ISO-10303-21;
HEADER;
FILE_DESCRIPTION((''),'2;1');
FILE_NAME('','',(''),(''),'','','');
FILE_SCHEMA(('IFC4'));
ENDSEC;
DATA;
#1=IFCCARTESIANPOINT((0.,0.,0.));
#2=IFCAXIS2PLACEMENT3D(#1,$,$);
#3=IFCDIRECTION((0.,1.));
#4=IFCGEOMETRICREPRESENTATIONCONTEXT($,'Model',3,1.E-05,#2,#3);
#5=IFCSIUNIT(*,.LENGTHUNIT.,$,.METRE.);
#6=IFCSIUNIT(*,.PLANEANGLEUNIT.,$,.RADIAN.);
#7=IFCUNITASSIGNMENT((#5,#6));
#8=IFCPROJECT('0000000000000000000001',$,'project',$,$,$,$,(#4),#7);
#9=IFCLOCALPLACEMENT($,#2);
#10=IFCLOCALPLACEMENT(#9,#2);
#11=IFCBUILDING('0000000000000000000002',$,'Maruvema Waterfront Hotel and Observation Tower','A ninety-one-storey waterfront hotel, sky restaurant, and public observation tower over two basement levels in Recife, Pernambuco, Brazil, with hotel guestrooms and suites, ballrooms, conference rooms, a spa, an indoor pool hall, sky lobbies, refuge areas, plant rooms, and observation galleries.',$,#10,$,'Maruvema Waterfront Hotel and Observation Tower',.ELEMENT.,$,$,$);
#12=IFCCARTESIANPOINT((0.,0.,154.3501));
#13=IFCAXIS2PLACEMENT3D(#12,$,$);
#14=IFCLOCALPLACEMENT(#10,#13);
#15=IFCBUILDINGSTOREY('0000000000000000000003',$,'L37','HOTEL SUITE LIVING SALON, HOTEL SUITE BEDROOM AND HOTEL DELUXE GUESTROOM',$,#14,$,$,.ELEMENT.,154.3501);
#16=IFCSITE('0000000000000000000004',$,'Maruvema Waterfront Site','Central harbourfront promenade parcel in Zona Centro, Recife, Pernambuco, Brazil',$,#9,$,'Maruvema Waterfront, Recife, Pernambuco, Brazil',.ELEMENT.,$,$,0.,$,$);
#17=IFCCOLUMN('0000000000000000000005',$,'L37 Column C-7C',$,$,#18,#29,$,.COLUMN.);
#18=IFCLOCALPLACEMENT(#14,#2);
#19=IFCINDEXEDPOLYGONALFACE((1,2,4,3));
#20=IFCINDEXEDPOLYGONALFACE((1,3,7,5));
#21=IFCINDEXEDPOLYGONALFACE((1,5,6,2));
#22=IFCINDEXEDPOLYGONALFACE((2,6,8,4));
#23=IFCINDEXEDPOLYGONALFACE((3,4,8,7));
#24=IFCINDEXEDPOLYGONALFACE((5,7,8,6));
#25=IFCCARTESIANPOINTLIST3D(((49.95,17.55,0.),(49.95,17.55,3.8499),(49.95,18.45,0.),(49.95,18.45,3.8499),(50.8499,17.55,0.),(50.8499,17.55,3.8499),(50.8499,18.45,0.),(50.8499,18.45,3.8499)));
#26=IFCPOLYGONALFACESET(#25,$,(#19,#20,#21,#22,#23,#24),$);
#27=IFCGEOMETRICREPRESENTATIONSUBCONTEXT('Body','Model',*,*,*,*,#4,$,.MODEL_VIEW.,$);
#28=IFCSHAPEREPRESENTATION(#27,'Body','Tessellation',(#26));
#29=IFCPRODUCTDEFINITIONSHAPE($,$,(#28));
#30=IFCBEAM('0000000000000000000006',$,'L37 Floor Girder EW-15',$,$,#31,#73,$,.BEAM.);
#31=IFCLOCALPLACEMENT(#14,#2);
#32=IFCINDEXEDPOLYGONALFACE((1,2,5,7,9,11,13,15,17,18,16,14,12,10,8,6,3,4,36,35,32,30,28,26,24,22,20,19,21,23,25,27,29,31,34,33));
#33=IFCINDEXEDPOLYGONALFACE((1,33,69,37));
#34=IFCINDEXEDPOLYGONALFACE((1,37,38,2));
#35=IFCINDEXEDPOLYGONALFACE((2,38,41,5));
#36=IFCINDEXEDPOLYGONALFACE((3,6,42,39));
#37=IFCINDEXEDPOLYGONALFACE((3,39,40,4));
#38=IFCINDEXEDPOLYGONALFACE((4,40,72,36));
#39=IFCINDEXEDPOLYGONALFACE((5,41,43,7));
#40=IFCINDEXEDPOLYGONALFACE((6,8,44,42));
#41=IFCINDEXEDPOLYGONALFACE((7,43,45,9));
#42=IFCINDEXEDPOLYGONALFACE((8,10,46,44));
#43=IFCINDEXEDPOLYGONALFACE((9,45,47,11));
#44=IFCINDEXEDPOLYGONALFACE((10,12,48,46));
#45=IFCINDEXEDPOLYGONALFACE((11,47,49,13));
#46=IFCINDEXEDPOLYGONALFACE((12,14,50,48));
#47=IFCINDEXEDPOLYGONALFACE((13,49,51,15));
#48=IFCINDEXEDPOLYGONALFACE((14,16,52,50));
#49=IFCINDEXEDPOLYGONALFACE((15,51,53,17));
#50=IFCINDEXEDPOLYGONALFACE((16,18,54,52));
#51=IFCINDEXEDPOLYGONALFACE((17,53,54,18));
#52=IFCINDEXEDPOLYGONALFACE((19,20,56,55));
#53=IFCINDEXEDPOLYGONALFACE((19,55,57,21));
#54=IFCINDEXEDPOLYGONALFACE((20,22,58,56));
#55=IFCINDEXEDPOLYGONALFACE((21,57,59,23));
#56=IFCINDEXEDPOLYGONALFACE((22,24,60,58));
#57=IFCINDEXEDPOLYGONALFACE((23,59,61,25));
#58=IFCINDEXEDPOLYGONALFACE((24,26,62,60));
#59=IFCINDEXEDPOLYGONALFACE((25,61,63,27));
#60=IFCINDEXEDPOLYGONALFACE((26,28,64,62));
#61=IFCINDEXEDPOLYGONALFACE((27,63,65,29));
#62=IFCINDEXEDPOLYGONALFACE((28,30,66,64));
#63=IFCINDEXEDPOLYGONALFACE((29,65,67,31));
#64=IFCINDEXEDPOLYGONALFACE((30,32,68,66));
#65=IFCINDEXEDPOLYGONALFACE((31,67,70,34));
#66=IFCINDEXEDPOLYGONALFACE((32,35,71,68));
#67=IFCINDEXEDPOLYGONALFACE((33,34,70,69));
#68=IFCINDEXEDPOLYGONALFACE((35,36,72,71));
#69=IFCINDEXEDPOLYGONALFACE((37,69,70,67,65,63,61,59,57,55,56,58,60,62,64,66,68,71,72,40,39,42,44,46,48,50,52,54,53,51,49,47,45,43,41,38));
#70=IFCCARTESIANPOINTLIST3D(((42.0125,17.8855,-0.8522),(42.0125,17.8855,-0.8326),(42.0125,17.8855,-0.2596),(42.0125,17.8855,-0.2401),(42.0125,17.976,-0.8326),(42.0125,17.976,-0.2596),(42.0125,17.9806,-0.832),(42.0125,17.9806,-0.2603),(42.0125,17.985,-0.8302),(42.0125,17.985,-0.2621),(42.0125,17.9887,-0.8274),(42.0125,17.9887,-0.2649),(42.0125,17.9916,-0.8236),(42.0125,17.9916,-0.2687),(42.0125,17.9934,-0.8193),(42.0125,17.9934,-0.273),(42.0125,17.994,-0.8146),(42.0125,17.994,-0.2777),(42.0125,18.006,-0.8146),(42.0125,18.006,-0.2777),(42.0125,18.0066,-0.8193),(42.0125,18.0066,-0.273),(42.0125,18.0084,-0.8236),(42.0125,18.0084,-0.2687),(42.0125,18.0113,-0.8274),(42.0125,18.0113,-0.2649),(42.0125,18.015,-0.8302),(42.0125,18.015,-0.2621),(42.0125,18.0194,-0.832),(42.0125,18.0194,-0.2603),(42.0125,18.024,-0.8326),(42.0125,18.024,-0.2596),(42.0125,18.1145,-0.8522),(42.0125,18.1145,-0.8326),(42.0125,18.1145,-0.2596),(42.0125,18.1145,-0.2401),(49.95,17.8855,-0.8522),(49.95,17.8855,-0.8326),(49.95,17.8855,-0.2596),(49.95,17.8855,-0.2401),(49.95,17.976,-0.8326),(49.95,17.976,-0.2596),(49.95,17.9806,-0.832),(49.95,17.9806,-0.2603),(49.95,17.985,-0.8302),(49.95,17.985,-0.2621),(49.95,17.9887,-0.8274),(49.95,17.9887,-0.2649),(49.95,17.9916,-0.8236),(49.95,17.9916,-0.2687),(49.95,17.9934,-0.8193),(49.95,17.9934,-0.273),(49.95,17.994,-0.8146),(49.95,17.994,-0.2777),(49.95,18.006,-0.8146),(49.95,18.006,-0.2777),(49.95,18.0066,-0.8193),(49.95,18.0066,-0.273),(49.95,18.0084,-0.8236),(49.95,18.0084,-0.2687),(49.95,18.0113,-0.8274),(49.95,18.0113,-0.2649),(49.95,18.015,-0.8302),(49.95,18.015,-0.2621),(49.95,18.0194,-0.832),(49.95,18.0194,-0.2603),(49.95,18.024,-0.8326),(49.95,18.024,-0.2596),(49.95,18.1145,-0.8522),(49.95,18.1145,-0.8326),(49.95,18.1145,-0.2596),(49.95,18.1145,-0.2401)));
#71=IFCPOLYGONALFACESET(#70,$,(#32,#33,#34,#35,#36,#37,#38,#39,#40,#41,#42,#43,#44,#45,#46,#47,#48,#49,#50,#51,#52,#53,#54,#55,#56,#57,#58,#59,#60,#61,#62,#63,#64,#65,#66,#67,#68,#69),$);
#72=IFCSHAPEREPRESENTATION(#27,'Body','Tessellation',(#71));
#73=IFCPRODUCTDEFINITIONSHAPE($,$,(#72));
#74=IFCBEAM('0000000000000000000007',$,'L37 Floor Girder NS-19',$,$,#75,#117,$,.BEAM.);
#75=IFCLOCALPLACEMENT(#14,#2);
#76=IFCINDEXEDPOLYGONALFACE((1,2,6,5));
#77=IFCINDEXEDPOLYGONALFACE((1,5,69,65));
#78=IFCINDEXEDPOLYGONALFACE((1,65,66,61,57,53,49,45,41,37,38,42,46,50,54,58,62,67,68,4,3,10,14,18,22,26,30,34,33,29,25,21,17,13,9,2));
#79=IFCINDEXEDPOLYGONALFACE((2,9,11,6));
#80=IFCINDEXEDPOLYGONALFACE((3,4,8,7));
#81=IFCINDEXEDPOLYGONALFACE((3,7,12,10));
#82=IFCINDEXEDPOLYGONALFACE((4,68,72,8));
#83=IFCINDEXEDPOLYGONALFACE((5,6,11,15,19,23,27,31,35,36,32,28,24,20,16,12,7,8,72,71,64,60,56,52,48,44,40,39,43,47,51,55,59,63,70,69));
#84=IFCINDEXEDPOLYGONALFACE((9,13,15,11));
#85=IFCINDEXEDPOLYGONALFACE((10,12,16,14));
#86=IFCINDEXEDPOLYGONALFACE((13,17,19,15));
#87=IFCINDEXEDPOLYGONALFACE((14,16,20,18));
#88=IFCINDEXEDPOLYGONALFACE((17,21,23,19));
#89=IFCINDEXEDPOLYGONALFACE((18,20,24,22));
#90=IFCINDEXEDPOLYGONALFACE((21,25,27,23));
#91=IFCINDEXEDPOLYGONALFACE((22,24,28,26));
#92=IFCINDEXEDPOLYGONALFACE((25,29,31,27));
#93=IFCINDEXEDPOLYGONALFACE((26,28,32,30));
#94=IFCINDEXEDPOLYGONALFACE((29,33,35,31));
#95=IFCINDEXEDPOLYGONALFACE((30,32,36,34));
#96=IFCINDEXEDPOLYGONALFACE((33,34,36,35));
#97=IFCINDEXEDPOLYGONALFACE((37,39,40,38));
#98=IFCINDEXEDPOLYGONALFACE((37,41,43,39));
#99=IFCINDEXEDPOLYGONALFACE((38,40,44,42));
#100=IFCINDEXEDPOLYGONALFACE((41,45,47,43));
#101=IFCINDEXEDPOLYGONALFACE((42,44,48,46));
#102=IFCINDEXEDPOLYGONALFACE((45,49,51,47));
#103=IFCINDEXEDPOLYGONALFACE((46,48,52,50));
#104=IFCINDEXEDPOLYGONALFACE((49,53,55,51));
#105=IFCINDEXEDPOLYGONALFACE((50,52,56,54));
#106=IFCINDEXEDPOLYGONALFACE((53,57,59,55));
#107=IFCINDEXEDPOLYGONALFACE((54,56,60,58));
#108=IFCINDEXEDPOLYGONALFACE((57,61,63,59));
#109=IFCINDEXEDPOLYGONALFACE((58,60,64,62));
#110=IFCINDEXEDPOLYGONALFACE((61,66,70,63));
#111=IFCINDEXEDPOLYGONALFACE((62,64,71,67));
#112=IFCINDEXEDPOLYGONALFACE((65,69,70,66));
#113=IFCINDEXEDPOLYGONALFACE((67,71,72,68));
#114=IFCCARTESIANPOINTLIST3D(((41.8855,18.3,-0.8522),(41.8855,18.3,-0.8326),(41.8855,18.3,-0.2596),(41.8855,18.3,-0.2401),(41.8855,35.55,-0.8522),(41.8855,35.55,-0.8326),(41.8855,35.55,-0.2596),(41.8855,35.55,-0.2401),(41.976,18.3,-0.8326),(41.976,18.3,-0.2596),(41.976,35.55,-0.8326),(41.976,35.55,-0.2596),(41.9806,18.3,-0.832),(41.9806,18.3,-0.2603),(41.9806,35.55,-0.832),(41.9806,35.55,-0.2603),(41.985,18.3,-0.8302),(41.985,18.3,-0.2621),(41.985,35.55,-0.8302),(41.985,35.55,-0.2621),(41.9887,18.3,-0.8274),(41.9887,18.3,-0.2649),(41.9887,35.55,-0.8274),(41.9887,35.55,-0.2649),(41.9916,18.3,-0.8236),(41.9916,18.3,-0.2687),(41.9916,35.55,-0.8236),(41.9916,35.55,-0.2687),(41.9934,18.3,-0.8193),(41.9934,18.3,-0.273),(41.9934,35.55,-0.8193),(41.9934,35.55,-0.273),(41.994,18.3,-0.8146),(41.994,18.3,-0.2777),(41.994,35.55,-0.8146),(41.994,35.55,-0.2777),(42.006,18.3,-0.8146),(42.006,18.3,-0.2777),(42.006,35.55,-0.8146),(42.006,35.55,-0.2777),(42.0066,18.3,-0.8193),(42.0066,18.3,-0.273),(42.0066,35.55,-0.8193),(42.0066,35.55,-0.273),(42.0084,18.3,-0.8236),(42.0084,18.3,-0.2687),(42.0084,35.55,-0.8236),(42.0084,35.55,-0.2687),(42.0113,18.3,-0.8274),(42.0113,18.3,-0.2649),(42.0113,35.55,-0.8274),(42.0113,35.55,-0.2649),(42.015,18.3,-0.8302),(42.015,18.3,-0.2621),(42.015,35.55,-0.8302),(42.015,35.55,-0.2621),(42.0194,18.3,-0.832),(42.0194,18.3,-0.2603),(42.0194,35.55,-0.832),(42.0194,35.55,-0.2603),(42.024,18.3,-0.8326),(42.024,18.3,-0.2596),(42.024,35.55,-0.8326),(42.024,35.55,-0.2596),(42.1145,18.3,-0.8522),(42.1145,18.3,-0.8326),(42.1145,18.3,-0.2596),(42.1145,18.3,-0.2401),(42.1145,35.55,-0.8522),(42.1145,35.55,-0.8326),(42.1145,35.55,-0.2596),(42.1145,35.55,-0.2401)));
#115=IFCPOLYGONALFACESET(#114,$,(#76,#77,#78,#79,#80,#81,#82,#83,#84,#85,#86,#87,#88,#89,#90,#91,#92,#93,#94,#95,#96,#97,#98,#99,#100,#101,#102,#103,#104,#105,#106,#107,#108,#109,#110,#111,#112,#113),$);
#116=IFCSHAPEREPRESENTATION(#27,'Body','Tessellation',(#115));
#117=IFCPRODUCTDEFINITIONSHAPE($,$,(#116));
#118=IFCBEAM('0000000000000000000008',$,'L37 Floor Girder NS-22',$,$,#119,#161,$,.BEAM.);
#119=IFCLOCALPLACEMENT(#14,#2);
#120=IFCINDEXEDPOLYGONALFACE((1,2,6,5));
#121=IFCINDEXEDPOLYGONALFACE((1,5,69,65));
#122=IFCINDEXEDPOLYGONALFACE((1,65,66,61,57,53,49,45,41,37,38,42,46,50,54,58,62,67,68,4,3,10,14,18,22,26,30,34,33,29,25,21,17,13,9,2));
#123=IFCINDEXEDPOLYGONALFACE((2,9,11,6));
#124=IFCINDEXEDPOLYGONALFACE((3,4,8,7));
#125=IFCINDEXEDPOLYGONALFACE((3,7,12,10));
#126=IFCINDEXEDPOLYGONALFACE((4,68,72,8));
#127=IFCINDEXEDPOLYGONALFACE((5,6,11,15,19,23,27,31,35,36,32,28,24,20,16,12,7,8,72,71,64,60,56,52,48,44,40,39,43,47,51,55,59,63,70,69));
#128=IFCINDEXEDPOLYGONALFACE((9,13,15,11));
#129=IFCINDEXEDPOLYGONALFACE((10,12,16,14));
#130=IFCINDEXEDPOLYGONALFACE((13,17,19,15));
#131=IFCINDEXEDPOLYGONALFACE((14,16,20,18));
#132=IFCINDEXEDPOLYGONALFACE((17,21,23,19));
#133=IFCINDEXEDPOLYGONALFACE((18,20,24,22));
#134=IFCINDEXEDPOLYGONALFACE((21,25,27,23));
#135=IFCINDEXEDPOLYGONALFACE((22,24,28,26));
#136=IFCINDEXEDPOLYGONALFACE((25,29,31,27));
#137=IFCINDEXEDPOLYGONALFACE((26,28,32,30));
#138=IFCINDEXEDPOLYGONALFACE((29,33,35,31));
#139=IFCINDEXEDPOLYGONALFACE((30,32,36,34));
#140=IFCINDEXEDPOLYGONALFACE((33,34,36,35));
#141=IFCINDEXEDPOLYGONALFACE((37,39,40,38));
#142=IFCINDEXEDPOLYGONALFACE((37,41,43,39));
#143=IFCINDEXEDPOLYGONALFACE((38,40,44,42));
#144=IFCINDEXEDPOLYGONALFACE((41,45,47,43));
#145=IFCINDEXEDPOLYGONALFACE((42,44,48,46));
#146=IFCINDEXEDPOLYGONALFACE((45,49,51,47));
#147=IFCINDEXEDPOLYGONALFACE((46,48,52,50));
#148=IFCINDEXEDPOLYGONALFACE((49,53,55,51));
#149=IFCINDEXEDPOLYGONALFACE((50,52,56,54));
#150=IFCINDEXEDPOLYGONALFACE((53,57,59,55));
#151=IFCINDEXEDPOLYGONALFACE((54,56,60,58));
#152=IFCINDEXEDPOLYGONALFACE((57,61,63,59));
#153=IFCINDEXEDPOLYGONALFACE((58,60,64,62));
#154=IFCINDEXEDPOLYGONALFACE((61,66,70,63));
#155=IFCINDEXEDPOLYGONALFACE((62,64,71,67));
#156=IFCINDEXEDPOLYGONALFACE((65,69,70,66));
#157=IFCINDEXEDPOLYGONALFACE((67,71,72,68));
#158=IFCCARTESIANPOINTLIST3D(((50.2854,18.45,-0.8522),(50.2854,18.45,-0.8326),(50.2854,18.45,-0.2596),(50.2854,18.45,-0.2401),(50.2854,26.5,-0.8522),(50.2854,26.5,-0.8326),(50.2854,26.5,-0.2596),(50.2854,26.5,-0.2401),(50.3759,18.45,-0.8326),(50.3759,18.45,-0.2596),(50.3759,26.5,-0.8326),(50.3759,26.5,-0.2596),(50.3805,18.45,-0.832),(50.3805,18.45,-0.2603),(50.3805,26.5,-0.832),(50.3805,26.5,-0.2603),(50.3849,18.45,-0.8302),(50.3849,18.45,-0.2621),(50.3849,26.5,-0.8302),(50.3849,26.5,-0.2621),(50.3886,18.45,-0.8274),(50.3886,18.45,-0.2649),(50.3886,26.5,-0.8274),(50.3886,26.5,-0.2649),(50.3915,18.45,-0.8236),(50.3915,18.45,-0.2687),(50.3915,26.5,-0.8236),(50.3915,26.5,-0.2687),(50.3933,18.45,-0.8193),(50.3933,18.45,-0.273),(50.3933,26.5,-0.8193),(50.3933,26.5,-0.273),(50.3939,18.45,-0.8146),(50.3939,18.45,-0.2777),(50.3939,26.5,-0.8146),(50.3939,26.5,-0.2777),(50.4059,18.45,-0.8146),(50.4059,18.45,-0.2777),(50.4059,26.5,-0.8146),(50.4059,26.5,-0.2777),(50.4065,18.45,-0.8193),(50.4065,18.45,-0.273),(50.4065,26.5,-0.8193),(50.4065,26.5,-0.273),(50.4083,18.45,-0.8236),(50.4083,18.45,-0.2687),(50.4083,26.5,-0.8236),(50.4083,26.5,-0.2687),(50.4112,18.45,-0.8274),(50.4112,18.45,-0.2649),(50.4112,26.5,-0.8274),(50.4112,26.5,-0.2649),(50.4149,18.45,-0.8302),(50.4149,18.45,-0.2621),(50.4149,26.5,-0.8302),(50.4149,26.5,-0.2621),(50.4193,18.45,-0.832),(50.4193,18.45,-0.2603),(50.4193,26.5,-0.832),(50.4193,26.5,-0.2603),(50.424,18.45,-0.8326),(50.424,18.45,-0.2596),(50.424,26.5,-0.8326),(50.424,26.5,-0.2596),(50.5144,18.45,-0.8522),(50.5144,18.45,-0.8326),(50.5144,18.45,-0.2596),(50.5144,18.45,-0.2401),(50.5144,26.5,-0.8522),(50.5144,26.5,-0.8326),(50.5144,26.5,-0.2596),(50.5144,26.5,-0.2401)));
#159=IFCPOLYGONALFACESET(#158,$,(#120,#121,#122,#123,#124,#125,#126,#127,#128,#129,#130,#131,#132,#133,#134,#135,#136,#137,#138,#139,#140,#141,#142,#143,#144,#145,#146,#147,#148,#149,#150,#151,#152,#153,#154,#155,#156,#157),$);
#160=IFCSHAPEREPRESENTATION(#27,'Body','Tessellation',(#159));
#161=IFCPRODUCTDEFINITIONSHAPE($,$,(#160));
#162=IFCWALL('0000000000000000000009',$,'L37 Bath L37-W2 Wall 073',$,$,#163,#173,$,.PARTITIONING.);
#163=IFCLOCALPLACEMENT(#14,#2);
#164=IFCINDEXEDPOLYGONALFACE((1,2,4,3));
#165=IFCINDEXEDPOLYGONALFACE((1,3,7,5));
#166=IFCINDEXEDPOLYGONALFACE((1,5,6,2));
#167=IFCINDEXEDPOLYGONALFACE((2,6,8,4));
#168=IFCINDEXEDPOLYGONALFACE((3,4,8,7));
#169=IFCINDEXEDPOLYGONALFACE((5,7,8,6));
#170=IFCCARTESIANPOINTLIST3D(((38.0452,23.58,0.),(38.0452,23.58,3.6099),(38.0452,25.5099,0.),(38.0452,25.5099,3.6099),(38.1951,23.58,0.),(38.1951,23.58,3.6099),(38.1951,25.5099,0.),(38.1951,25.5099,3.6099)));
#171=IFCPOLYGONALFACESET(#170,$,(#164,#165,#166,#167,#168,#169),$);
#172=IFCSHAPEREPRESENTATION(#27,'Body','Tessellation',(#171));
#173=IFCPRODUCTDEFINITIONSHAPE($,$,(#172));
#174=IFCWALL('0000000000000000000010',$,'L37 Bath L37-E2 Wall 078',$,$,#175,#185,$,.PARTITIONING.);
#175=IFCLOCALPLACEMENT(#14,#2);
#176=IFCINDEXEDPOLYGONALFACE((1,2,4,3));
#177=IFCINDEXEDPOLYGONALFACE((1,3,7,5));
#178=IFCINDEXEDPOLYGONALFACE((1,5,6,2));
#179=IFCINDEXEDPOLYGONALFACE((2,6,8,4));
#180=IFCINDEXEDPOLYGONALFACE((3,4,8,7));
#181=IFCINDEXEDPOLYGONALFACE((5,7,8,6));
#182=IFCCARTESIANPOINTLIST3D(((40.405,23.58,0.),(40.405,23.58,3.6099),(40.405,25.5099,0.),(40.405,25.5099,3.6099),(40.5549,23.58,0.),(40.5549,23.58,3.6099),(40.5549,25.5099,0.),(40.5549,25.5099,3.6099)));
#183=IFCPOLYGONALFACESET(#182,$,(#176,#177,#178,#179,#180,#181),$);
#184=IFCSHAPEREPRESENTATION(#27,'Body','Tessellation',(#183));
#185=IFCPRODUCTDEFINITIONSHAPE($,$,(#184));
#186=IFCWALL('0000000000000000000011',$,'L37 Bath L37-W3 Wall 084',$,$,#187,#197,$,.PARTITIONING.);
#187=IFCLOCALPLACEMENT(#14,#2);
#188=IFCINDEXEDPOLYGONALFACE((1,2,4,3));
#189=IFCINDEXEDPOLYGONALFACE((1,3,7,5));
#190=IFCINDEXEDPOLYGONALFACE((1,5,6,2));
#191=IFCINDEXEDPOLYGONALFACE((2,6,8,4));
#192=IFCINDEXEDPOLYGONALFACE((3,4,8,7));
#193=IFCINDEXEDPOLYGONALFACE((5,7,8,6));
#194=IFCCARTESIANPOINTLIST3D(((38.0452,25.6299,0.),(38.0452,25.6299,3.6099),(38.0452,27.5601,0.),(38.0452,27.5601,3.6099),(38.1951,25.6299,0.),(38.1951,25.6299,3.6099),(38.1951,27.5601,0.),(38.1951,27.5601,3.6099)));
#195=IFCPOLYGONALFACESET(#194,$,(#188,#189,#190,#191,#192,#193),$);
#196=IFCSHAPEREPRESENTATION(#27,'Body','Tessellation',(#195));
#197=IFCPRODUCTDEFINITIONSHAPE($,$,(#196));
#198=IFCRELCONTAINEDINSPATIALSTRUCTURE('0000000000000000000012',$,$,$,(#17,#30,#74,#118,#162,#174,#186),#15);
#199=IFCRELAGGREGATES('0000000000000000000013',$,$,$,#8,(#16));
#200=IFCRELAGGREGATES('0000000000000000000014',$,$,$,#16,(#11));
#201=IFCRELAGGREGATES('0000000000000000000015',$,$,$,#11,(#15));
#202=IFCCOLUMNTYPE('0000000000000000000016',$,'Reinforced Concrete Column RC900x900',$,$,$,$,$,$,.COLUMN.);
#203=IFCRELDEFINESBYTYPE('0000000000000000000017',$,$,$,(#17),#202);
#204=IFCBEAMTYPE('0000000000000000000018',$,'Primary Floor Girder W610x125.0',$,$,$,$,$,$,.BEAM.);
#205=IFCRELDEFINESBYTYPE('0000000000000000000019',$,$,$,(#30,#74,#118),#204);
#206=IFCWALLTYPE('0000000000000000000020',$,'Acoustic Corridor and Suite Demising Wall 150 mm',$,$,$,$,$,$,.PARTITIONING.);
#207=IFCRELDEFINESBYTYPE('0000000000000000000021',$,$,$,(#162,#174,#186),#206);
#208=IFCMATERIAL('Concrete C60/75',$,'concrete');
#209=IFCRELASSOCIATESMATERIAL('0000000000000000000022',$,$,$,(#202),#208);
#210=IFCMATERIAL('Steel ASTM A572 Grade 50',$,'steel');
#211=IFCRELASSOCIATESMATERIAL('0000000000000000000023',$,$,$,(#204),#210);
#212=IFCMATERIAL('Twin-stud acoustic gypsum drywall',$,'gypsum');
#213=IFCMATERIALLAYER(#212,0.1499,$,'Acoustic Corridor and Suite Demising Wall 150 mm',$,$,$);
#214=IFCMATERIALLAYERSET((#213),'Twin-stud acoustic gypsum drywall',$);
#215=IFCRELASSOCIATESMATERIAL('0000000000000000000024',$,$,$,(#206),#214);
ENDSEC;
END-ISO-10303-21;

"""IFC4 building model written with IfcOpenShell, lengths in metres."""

from ifc_helpers import new_model, si_unit, direction, frame, frame_2d, origin, origin_2d, place, context, subcontext, project, spatial, rectangle, i_section, extrude, material, layer, layer_set, material_profile, profile_set, type_object, element, save


model = new_model("IFC4")

# Units and contexts
model_context = context("Model", 3, precision=1e-05, world=origin(), true_north=direction((0.0, 1.0)))
body_context = subcontext(model_context, "Body", "Model", "MODEL_VIEW")
ifc_project = project(units=[si_unit("LENGTHUNIT", "METRE"), si_unit("PLANEANGLEUNIT", "RADIAN")], contexts=[model_context])

# Site, building, storey
site_placement = place(None, origin())
site = spatial("IfcSite", under=ifc_project, at=site_placement, Name="Maruvema Waterfront Site", Description="Central harbourfront promenade parcel in Zona Centro, Recife, Pernambuco, Brazil", LongName="Maruvema Waterfront, Recife, Pernambuco, Brazil", CompositionType="ELEMENT", RefElevation=0.0)
building_placement = place(site_placement, origin())
building = spatial("IfcBuilding", under=site, at=building_placement, Name="Maruvema Waterfront Hotel and Observation Tower", Description="A ninety-one-storey waterfront hotel, sky restaurant, and public observation tower over two basement levels in Recife, Pernambuco, Brazil, with hotel guestrooms and suites, ballrooms, conference rooms, a spa, an indoor pool hall, sky lobbies, refuge areas, plant rooms, and observation galleries.", LongName="Maruvema Waterfront Hotel and Observation Tower", CompositionType="ELEMENT")
storey_placement = place(building_placement, frame((0.0, 0.0, 154.3501)))
storey = spatial("IfcBuildingStorey", under=building, at=storey_placement, Name="L37", Description="HOTEL SUITE LIVING SALON, HOTEL SUITE BEDROOM AND HOTEL DELUXE GUESTROOM", CompositionType="ELEMENT", Elevation=154.3501)

# Column
ifc_material_1 = material(Name="Concrete C60/75", Category="concrete")
ifc_material_profile_1 = material_profile(ifc_material_1, rectangle(XDim=0.8999, YDim=0.8999, at=origin_2d()), Name="RC900x900")
ifc_profile_set_1 = profile_set([ifc_material_profile_1], Name="Concrete C60/75")
column_type = type_object("IfcColumnType", Name="Reinforced Concrete Column RC900x900", PredefinedType="COLUMN", material=ifc_profile_set_1)
column_placement = place(storey_placement, frame((50.3999, 18.0, 0.0), z_axis=(0.0, 0.0, 1.0), x_axis=(1.0, 0.0, 0.0)))
element("IfcColumn", 1, at=column_placement, inside=storey, type_object=column_type, Name="L37 Column C-7C", PredefinedType="COLUMN", context=body_context, shape_type="SweptSolid", body=[
    extrude(rectangle(XDim=0.8999, YDim=0.8999, at=origin_2d()), origin(), (0.0, 0.0, 1.0), 3.8499),
])

# Beams
ifc_material_2 = material(Name="Steel ASTM A572 Grade 50", Category="steel")
ifc_material_profile_2 = material_profile(ifc_material_2, i_section(OverallWidth=0.229, OverallDepth=0.6121, WebThickness=0.012, FlangeThickness=0.0195, FilletRadius=0.0181, at=origin_2d()), Name="W610x125.0")
ifc_profile_set_2 = profile_set([ifc_material_profile_2], Name="Steel ASTM A572 Grade 50")
beam_type = type_object("IfcBeamType", Name="Primary Floor Girder W610x125.0", PredefinedType="BEAM", material=ifc_profile_set_2)
beam_1_placement = place(storey_placement, frame((42.0125, 18.0, -0.5461), z_axis=(1.0, 0.0, 0.0), x_axis=(0.0, 1.0, 0.0)))
element("IfcBeam", 2, at=beam_1_placement, inside=storey, type_object=beam_type, Name="L37 Floor Girder EW-15", PredefinedType="BEAM", context=body_context, shape_type="SweptSolid", body=[
    extrude(i_section(OverallWidth=0.229, OverallDepth=0.6121, WebThickness=0.012, FlangeThickness=0.0195, FilletRadius=0.0181, at=origin_2d()), origin(), (0.0, 0.0, 1.0), 7.9375),
])
beam_2_placement = place(storey_placement, frame((42.0, 18.3, -0.5461), z_axis=(0.0, 1.0, 0.0), x_axis=(-1.0, 0.0, 0.0)))
element("IfcBeam", 3, at=beam_2_placement, inside=storey, type_object=beam_type, Name="L37 Floor Girder NS-19", PredefinedType="BEAM", context=body_context, shape_type="SweptSolid", body=[
    extrude(i_section(OverallWidth=0.229, OverallDepth=0.6121, WebThickness=0.012, FlangeThickness=0.0195, FilletRadius=0.0181, at=origin_2d()), origin(), (0.0, 0.0, 1.0), 17.25),
])
beam_3_placement = place(storey_placement, frame((50.3999, 18.45, -0.5461), z_axis=(0.0, 1.0, 0.0), x_axis=(-1.0, 0.0, 0.0)))
element("IfcBeam", 4, at=beam_3_placement, inside=storey, type_object=beam_type, Name="L37 Floor Girder NS-22", PredefinedType="BEAM", context=body_context, shape_type="SweptSolid", body=[
    extrude(i_section(OverallWidth=0.229, OverallDepth=0.6121, WebThickness=0.012, FlangeThickness=0.0195, FilletRadius=0.0181, at=origin_2d()), origin(), (0.0, 0.0, 1.0), 8.05),
])

# Shared definitions
ifc_material_3 = material(Name="Twin-stud acoustic gypsum drywall", Category="gypsum")
ifc_layer_1 = layer(ifc_material_3, 0.1499, Name="Acoustic Corridor and Suite Demising Wall 150 mm")
ifc_layer_set_1 = layer_set([ifc_layer_1], Name="Twin-stud acoustic gypsum drywall")
wall_type_1 = type_object("IfcWallType", Name="Acoustic Corridor and Suite Demising Wall 150 mm", PredefinedType="PARTITIONING", material=ifc_layer_set_1)

# Wall
wall_1_placement = place(storey_placement, frame((38.1201, 23.5801, 0.0), z_axis=(0.0, 0.0, 1.0), x_axis=(0.0, 1.0, 0.0)))
element("IfcWall", 5, at=wall_1_placement, inside=storey, type_object=wall_type_1, Name="L37 Bath L37-W2 Wall 073", PredefinedType="PARTITIONING", context=body_context, shape_type="SweptSolid", body=[
    extrude(rectangle(XDim=1.9299, YDim=0.1499, at=frame_2d((0.9648, 0.0))), origin(), (0.0, 0.0, 1.0), 3.6099),
])

# Walls
wall_2_placement = place(storey_placement, frame((40.48, 23.5801, 0.0), z_axis=(0.0, 0.0, 1.0), x_axis=(0.0, 1.0, 0.0)))
element("IfcWall", 6, at=wall_2_placement, inside=storey, type_object=wall_type_1, Name="L37 Bath L37-E2 Wall 078", PredefinedType="PARTITIONING", context=body_context, shape_type="SweptSolid", body=[
    extrude(rectangle(XDim=1.9299, YDim=0.1499, at=frame_2d((0.9648, 0.0))), origin(), (0.0, 0.0, 1.0), 3.6099),
])
wall_3_placement = place(storey_placement, frame((38.1201, 25.6299, 0.0), z_axis=(0.0, 0.0, 1.0), x_axis=(0.0, 1.0, 0.0)))
element("IfcWall", 7, at=wall_3_placement, inside=storey, type_object=wall_type_1, Name="L37 Bath L37-W3 Wall 084", PredefinedType="PARTITIONING", context=body_context, shape_type="SweptSolid", body=[
    extrude(rectangle(XDim=1.9302, YDim=0.1499, at=frame_2d((0.9651, 0.0))), origin(), (0.0, 0.0, 1.0), 3.6099),
])

save(model, "model.ifc")
